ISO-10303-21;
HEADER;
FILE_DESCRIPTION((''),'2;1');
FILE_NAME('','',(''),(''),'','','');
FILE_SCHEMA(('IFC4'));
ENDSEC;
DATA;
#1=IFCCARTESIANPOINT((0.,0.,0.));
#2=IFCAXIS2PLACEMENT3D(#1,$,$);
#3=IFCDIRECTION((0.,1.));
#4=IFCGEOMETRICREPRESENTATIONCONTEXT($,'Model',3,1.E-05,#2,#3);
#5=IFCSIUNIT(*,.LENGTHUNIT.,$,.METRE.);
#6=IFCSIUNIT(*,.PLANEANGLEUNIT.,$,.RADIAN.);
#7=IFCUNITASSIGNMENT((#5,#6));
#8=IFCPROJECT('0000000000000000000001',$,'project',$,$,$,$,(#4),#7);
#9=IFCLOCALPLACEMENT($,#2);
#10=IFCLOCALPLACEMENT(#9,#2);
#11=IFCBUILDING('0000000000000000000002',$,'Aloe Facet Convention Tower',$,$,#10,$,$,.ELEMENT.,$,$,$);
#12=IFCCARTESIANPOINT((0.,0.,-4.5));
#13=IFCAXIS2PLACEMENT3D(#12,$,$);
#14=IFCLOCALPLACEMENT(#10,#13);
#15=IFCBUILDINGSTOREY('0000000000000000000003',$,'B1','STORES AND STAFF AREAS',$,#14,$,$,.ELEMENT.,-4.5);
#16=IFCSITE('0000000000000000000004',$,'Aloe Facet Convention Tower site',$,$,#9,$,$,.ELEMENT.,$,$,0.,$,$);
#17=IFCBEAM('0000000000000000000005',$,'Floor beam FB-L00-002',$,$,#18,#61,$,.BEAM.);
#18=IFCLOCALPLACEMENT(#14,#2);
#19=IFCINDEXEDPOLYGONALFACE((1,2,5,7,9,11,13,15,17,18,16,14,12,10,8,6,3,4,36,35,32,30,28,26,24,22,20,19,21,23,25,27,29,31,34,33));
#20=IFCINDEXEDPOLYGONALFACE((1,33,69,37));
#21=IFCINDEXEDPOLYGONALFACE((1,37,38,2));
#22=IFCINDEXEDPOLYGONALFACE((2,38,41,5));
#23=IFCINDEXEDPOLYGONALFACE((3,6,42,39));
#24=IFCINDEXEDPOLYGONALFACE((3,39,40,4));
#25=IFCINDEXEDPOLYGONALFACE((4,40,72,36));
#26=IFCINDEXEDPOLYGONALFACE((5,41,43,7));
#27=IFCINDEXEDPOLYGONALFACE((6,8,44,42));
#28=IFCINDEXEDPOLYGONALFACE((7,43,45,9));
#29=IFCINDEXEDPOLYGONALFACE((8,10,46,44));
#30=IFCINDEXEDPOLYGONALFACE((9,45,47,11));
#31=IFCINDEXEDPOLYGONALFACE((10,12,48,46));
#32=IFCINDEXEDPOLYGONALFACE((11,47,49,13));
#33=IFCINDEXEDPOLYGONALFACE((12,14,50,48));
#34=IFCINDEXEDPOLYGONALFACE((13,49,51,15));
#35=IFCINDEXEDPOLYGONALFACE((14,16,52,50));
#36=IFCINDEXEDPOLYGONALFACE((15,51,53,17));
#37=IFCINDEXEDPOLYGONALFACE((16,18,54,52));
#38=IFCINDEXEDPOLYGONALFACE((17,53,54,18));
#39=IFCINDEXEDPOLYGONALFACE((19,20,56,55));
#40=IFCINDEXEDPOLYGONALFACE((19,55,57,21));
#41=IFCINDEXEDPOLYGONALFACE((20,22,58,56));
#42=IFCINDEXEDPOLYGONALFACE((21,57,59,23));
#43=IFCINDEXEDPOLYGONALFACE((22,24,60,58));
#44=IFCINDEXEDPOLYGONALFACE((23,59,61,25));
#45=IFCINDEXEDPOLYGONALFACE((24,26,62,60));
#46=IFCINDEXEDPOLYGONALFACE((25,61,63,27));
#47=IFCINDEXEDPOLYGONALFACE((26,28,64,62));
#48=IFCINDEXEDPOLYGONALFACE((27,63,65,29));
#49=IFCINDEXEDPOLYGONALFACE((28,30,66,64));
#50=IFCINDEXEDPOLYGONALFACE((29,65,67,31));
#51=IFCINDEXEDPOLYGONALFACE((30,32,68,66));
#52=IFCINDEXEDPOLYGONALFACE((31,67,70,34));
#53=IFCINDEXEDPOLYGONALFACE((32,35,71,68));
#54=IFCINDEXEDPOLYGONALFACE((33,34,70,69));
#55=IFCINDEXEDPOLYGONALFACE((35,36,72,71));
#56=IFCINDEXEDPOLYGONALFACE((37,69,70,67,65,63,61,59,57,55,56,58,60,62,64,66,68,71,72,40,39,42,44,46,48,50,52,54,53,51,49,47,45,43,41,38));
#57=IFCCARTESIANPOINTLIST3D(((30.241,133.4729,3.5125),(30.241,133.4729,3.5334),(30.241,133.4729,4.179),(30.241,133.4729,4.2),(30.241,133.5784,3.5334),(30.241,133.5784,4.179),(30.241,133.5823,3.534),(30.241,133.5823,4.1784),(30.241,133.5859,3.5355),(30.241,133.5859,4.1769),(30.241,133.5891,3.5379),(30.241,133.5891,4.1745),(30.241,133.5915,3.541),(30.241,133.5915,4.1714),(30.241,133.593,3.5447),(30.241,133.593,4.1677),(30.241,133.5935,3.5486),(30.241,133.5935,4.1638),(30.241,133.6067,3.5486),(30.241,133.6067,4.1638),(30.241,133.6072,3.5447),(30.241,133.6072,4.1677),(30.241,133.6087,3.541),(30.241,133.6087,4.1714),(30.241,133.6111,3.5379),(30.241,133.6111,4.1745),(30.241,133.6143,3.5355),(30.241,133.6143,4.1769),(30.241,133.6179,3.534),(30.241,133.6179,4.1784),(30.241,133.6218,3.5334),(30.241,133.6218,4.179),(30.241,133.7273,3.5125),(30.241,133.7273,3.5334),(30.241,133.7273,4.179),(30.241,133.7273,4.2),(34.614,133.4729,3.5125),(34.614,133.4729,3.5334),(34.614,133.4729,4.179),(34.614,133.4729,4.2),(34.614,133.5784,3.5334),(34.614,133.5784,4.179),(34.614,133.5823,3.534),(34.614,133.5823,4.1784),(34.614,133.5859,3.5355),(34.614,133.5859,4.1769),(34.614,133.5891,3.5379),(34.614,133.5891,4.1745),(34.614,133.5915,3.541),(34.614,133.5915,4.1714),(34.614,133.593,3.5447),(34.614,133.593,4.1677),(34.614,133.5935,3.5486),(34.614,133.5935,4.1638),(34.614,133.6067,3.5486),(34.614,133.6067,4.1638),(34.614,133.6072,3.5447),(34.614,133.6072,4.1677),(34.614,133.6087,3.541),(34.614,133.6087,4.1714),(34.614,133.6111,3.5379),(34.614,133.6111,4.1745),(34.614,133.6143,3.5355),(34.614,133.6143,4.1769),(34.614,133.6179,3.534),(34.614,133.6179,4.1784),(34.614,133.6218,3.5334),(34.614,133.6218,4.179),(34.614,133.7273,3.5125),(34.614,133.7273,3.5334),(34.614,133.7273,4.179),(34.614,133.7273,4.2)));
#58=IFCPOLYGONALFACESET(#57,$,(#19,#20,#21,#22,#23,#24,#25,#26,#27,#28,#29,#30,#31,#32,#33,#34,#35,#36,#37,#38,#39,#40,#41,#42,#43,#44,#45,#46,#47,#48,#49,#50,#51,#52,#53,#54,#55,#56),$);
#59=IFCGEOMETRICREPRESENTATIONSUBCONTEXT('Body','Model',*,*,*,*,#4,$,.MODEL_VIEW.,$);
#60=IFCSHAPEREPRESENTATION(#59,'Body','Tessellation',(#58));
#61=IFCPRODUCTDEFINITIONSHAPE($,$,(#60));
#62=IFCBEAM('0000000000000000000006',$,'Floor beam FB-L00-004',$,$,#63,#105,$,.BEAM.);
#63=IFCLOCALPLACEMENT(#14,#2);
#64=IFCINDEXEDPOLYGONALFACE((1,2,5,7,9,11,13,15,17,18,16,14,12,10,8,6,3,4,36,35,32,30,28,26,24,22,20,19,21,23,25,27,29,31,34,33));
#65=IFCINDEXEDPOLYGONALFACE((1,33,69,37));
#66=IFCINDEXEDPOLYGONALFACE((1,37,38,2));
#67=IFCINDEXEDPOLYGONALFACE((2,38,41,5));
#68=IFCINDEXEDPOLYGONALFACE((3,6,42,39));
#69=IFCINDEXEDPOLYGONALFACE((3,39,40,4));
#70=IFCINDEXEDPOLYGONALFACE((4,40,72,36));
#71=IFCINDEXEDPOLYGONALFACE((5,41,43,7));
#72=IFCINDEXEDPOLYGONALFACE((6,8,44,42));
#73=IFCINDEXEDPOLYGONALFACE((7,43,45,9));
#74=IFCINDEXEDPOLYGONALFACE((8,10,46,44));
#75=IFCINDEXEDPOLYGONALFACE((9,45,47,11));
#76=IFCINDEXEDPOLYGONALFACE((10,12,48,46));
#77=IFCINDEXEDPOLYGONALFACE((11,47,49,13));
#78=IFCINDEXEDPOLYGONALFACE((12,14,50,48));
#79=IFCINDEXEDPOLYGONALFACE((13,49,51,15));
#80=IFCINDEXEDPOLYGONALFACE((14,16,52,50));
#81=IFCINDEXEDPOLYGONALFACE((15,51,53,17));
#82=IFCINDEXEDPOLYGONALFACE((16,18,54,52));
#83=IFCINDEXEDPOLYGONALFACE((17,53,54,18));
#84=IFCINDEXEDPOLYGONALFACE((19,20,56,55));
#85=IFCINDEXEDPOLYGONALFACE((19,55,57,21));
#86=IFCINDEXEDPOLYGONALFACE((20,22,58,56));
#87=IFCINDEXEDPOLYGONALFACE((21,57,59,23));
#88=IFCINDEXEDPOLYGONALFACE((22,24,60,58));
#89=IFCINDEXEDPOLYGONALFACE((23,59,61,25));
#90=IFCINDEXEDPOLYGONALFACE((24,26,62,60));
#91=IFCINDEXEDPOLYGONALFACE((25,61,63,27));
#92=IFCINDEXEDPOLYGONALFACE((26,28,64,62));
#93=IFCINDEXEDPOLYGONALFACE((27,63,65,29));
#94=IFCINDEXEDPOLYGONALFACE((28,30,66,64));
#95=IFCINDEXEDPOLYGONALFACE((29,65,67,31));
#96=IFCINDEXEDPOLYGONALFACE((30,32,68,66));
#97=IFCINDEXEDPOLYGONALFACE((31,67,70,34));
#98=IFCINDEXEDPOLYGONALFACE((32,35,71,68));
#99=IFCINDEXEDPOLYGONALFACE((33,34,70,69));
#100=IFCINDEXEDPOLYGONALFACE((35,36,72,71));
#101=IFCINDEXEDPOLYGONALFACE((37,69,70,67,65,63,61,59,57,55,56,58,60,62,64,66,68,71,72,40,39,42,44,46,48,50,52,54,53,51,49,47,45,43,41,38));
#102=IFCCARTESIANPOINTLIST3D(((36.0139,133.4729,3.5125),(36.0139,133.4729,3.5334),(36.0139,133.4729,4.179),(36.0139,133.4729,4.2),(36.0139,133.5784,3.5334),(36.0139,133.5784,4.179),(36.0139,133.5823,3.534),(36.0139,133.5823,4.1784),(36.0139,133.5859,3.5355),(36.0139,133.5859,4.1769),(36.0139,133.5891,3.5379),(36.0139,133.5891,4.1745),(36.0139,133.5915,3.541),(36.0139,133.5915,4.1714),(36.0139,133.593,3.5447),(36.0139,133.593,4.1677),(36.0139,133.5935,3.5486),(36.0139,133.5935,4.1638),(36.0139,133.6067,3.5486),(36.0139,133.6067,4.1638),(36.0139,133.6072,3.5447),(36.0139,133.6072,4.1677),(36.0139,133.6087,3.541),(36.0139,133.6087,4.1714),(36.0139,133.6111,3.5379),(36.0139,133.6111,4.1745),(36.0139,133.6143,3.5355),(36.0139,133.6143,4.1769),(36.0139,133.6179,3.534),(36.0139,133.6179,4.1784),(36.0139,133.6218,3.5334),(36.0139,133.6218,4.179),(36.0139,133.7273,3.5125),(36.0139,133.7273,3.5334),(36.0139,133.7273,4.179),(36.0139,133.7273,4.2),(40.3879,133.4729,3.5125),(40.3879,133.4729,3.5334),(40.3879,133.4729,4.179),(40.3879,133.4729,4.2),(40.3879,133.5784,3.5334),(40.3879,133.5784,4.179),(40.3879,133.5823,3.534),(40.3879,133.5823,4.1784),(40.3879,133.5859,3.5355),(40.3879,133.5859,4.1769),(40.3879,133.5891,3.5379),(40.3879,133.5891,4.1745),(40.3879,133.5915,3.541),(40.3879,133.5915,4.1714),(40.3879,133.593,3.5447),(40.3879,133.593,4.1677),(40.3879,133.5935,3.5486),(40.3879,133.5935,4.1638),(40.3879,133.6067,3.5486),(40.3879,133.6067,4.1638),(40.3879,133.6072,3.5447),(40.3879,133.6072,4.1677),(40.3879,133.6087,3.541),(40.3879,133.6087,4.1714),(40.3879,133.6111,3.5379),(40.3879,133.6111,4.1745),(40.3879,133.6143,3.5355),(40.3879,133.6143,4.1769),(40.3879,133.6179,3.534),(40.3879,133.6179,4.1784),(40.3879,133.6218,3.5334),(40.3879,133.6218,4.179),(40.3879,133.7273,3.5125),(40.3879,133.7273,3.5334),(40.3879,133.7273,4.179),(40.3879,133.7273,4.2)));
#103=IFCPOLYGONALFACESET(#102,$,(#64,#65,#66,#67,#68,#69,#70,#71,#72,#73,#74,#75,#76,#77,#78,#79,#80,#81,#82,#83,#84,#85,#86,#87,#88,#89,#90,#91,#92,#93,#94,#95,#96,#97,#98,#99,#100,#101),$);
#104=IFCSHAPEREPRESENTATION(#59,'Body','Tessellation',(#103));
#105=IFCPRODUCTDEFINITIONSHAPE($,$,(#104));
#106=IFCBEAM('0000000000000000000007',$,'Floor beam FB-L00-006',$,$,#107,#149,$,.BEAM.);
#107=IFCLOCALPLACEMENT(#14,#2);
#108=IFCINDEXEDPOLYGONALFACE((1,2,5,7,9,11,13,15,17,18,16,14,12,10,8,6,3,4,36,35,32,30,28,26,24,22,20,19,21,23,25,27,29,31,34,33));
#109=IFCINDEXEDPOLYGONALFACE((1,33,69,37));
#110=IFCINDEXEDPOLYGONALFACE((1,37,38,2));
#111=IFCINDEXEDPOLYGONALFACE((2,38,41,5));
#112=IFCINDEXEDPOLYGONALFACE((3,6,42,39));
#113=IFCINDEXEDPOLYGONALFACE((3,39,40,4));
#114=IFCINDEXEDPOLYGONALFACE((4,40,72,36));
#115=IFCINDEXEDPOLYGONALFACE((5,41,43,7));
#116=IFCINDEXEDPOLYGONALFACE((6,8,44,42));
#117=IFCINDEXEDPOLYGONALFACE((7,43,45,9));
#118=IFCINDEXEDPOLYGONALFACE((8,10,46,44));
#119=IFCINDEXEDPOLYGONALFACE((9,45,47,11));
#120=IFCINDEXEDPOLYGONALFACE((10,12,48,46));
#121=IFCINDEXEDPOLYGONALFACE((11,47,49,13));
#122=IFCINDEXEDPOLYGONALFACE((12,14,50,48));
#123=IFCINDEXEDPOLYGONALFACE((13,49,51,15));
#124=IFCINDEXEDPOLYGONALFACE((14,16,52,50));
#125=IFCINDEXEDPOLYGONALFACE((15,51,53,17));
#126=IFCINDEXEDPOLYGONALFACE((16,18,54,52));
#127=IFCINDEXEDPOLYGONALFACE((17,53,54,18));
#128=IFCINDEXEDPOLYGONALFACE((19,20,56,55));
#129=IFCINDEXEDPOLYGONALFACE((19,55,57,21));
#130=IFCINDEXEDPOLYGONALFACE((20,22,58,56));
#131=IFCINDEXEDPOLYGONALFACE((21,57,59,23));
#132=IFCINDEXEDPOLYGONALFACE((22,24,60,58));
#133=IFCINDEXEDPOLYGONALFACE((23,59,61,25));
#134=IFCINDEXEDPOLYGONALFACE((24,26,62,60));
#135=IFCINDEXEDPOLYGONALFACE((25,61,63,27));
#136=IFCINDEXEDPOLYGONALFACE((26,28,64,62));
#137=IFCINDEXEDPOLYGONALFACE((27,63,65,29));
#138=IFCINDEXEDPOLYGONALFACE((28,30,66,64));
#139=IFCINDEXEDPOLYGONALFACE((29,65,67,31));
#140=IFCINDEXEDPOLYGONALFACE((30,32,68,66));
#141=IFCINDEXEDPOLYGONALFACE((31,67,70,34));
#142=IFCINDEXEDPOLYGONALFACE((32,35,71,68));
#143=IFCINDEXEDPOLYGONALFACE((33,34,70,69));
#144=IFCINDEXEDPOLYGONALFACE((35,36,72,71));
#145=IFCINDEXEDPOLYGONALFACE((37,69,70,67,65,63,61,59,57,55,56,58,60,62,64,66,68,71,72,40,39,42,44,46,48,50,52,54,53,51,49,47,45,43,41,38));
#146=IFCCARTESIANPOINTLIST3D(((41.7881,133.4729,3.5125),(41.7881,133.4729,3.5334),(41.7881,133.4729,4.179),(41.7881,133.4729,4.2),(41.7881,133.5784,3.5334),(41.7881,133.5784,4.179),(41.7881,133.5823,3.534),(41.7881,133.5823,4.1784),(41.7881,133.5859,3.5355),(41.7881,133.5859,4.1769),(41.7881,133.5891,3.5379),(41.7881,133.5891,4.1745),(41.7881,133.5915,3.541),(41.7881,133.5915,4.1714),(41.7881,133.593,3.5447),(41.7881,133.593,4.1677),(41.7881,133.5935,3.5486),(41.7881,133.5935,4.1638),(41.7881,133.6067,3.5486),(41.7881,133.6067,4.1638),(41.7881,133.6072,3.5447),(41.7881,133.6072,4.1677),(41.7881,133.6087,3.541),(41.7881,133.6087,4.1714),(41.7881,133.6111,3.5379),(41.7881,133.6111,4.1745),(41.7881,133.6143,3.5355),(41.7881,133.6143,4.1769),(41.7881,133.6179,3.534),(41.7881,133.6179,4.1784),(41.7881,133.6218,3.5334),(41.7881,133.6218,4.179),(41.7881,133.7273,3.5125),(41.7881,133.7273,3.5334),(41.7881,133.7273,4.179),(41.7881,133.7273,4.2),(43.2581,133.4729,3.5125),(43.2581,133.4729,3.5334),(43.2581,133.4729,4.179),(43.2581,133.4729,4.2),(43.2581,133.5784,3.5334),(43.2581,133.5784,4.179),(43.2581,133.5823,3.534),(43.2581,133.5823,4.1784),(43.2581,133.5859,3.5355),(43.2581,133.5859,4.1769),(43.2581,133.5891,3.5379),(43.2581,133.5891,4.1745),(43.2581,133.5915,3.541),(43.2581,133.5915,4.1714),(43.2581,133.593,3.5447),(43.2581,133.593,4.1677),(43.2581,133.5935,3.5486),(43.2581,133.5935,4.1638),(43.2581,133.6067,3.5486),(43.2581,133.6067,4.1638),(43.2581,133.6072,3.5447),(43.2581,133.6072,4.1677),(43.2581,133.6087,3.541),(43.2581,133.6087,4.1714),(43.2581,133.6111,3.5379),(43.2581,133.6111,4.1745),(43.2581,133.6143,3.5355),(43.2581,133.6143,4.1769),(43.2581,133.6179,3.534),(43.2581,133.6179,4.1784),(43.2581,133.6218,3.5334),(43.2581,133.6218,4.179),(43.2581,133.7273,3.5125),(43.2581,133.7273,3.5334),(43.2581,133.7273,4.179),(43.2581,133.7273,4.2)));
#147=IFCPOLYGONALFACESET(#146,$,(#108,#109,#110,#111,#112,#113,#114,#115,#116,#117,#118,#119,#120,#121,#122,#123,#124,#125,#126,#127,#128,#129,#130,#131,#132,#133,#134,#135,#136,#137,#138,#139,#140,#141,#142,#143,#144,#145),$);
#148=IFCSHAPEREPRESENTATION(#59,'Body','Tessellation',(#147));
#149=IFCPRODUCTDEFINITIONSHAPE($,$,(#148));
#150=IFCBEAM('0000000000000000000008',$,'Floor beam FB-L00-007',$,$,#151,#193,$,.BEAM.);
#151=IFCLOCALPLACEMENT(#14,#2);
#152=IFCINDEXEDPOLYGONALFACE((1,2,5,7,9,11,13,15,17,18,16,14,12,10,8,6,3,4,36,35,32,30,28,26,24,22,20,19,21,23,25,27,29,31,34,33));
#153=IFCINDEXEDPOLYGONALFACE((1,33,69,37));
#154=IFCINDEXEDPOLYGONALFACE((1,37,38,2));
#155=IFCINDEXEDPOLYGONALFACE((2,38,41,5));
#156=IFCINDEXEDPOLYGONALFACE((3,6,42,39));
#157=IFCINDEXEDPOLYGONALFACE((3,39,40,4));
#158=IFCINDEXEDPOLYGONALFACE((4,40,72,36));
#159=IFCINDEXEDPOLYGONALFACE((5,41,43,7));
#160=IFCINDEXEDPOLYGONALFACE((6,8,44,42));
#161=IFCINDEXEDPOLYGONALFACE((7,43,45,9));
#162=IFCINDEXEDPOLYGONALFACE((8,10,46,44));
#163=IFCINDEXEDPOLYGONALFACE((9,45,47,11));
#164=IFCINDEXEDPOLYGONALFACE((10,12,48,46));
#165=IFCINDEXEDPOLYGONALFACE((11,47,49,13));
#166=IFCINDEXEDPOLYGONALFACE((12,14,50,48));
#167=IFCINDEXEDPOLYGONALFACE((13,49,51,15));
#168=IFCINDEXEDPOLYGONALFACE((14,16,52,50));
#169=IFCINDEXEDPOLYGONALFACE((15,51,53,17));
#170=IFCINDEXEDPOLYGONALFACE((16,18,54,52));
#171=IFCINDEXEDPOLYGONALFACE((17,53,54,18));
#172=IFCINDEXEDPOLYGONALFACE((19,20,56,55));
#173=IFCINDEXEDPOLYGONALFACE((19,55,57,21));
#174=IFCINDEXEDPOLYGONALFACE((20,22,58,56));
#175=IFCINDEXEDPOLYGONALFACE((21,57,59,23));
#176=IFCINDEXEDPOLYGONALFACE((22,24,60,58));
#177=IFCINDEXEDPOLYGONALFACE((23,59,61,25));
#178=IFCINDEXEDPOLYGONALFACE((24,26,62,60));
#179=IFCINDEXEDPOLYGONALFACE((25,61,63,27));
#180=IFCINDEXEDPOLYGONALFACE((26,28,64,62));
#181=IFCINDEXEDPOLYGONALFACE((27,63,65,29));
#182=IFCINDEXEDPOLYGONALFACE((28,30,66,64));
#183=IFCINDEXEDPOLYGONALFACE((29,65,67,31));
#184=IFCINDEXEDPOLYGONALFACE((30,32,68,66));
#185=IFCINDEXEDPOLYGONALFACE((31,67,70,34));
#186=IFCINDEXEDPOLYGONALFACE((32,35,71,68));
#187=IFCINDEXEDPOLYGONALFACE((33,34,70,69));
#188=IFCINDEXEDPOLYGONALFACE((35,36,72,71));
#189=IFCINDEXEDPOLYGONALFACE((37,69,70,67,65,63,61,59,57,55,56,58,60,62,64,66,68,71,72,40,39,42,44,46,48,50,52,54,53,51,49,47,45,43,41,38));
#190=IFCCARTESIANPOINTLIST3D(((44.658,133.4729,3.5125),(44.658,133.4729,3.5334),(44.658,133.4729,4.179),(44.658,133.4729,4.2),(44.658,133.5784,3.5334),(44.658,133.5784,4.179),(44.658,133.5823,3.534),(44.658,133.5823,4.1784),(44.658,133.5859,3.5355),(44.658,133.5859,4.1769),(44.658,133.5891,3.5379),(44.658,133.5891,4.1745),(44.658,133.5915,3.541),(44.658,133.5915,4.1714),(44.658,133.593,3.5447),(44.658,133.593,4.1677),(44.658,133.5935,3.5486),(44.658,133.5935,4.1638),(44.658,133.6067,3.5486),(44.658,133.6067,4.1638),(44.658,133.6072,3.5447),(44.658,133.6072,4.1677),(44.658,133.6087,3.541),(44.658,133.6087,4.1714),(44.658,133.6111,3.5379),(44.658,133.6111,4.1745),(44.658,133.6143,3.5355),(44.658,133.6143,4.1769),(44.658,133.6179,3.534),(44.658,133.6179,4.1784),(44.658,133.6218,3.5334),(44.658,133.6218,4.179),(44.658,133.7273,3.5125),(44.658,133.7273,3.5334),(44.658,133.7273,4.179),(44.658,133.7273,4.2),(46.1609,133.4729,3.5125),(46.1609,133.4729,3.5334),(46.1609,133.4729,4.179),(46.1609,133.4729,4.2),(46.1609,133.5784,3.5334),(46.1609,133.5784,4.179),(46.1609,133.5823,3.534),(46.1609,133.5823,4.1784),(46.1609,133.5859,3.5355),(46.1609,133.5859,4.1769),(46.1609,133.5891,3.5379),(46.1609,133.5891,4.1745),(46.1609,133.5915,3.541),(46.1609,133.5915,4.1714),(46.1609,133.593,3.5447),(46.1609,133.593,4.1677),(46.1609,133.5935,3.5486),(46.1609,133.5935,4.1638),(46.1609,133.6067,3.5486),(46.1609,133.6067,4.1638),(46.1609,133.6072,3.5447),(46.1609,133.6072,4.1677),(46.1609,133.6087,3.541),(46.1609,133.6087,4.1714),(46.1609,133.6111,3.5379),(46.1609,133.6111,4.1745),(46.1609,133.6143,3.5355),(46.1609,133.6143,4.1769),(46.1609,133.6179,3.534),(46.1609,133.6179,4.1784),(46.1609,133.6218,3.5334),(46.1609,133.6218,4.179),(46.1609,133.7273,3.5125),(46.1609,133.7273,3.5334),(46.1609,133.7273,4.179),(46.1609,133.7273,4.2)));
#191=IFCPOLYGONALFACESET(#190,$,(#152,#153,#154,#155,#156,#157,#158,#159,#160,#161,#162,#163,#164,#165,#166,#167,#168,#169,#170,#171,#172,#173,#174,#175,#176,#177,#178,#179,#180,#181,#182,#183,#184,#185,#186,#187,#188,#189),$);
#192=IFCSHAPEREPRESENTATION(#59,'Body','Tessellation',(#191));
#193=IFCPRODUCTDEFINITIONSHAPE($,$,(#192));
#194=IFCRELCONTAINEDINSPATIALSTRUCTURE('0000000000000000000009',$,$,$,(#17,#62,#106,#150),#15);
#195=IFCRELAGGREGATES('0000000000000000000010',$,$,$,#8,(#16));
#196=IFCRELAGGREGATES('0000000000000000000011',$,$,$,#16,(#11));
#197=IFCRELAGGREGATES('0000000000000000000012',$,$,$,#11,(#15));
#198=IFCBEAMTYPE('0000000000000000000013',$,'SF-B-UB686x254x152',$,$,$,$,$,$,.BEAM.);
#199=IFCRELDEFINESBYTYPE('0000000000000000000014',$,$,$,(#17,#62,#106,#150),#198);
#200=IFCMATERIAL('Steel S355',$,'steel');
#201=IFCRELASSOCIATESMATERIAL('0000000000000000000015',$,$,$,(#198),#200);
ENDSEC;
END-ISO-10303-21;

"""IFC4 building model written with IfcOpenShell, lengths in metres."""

from ifc_helpers import new_model, si_unit, direction, frame, origin, origin_2d, place, context, subcontext, project, spatial, i_section, extrude, material, material_profile, profile_set, type_object, element, save


model = new_model("IFC4")

# Units and contexts
model_context = context("Model", 3, precision=1e-05, world=origin(), true_north=direction((0.0, 1.0)))
body_context = subcontext(model_context, "Body", "Model", "MODEL_VIEW")
ifc_project = project(units=[si_unit("LENGTHUNIT", "METRE"), si_unit("PLANEANGLEUNIT", "RADIAN")], contexts=[model_context])

# Site, building, storey
site_placement = place(None, origin())
site = spatial("IfcSite", under=ifc_project, at=site_placement, Name="Aloe Facet Convention Tower site", CompositionType="ELEMENT", RefElevation=0.0)
building_placement = place(site_placement, origin())
building = spatial("IfcBuilding", under=site, at=building_placement, Name="Aloe Facet Convention Tower", CompositionType="ELEMENT")
storey_placement = place(building_placement, frame((0.0, 0.0, -4.5)))
storey = spatial("IfcBuildingStorey", under=building, at=storey_placement, Name="B1", Description="STORES AND STAFF AREAS", CompositionType="ELEMENT", Elevation=-4.5)

# Beams
ifc_material_1 = material(Name="Steel S355", Category="steel")
ifc_material_profile_1 = material_profile(ifc_material_1, i_section(OverallWidth=0.2544, OverallDepth=0.6875, WebThickness=0.0132, FlangeThickness=0.021, FilletRadius=0.0151, at=origin_2d()), Name="UB 686x254x152")
ifc_profile_set_1 = profile_set([ifc_material_profile_1], Name="Steel S355")
beam_type_1 = type_object("IfcBeamType", Name="SF-B-UB686x254x152", PredefinedType="BEAM", material=ifc_profile_set_1)
beam_1_placement = place(storey_placement, frame((30.241, 133.6001, 3.8562), z_axis=(1.0, 0.0, 0.0), x_axis=(0.0, 1.0, 0.0)))
element("IfcBeam", 1, at=beam_1_placement, inside=storey, type_object=beam_type_1, Name="Floor beam FB-L00-002", PredefinedType="BEAM", context=body_context, shape_type="SweptSolid", body=[
    extrude(i_section(OverallWidth=0.2544, OverallDepth=0.6875, WebThickness=0.0132, FlangeThickness=0.021, FilletRadius=0.0151, at=origin_2d()), origin(), (0.0, 0.0, 1.0), 4.373),
])
beam_2_placement = place(storey_placement, frame((36.0139, 133.6001, 3.8562), z_axis=(1.0, 0.0, 0.0), x_axis=(0.0, 1.0, 0.0)))
element("IfcBeam", 2, at=beam_2_placement, inside=storey, type_object=beam_type_1, Name="Floor beam FB-L00-004", PredefinedType="BEAM", context=body_context, shape_type="SweptSolid", body=[
    extrude(i_section(OverallWidth=0.2544, OverallDepth=0.6875, WebThickness=0.0132, FlangeThickness=0.021, FilletRadius=0.0151, at=origin_2d()), origin(), (0.0, 0.0, 1.0), 4.374),
])
beam_3_placement = place(storey_placement, frame((41.7881, 133.6001, 3.8562), z_axis=(1.0, 0.0, 0.0), x_axis=(0.0, 1.0, 0.0)))
element("IfcBeam", 3, at=beam_3_placement, inside=storey, type_object=beam_type_1, Name="Floor beam FB-L00-006", PredefinedType="BEAM", context=body_context, shape_type="SweptSolid", body=[
    extrude(i_section(OverallWidth=0.2544, OverallDepth=0.6875, WebThickness=0.0132, FlangeThickness=0.021, FilletRadius=0.0151, at=origin_2d()), origin(), (0.0, 0.0, 1.0), 1.47),
])
beam_4_placement = place(storey_placement, frame((44.658, 133.6001, 3.8562), z_axis=(1.0, 0.0, 0.0), x_axis=(0.0, 1.0, 0.0)))
element("IfcBeam", 4, at=beam_4_placement, inside=storey, type_object=beam_type_1, Name="Floor beam FB-L00-007", PredefinedType="BEAM", context=body_context, shape_type="SweptSolid", body=[
    extrude(i_section(OverallWidth=0.2544, OverallDepth=0.6875, WebThickness=0.0132, FlangeThickness=0.021, FilletRadius=0.0151, at=origin_2d()), origin(), (0.0, 0.0, 1.0), 1.5029),
])

save(model, "model.ifc")
